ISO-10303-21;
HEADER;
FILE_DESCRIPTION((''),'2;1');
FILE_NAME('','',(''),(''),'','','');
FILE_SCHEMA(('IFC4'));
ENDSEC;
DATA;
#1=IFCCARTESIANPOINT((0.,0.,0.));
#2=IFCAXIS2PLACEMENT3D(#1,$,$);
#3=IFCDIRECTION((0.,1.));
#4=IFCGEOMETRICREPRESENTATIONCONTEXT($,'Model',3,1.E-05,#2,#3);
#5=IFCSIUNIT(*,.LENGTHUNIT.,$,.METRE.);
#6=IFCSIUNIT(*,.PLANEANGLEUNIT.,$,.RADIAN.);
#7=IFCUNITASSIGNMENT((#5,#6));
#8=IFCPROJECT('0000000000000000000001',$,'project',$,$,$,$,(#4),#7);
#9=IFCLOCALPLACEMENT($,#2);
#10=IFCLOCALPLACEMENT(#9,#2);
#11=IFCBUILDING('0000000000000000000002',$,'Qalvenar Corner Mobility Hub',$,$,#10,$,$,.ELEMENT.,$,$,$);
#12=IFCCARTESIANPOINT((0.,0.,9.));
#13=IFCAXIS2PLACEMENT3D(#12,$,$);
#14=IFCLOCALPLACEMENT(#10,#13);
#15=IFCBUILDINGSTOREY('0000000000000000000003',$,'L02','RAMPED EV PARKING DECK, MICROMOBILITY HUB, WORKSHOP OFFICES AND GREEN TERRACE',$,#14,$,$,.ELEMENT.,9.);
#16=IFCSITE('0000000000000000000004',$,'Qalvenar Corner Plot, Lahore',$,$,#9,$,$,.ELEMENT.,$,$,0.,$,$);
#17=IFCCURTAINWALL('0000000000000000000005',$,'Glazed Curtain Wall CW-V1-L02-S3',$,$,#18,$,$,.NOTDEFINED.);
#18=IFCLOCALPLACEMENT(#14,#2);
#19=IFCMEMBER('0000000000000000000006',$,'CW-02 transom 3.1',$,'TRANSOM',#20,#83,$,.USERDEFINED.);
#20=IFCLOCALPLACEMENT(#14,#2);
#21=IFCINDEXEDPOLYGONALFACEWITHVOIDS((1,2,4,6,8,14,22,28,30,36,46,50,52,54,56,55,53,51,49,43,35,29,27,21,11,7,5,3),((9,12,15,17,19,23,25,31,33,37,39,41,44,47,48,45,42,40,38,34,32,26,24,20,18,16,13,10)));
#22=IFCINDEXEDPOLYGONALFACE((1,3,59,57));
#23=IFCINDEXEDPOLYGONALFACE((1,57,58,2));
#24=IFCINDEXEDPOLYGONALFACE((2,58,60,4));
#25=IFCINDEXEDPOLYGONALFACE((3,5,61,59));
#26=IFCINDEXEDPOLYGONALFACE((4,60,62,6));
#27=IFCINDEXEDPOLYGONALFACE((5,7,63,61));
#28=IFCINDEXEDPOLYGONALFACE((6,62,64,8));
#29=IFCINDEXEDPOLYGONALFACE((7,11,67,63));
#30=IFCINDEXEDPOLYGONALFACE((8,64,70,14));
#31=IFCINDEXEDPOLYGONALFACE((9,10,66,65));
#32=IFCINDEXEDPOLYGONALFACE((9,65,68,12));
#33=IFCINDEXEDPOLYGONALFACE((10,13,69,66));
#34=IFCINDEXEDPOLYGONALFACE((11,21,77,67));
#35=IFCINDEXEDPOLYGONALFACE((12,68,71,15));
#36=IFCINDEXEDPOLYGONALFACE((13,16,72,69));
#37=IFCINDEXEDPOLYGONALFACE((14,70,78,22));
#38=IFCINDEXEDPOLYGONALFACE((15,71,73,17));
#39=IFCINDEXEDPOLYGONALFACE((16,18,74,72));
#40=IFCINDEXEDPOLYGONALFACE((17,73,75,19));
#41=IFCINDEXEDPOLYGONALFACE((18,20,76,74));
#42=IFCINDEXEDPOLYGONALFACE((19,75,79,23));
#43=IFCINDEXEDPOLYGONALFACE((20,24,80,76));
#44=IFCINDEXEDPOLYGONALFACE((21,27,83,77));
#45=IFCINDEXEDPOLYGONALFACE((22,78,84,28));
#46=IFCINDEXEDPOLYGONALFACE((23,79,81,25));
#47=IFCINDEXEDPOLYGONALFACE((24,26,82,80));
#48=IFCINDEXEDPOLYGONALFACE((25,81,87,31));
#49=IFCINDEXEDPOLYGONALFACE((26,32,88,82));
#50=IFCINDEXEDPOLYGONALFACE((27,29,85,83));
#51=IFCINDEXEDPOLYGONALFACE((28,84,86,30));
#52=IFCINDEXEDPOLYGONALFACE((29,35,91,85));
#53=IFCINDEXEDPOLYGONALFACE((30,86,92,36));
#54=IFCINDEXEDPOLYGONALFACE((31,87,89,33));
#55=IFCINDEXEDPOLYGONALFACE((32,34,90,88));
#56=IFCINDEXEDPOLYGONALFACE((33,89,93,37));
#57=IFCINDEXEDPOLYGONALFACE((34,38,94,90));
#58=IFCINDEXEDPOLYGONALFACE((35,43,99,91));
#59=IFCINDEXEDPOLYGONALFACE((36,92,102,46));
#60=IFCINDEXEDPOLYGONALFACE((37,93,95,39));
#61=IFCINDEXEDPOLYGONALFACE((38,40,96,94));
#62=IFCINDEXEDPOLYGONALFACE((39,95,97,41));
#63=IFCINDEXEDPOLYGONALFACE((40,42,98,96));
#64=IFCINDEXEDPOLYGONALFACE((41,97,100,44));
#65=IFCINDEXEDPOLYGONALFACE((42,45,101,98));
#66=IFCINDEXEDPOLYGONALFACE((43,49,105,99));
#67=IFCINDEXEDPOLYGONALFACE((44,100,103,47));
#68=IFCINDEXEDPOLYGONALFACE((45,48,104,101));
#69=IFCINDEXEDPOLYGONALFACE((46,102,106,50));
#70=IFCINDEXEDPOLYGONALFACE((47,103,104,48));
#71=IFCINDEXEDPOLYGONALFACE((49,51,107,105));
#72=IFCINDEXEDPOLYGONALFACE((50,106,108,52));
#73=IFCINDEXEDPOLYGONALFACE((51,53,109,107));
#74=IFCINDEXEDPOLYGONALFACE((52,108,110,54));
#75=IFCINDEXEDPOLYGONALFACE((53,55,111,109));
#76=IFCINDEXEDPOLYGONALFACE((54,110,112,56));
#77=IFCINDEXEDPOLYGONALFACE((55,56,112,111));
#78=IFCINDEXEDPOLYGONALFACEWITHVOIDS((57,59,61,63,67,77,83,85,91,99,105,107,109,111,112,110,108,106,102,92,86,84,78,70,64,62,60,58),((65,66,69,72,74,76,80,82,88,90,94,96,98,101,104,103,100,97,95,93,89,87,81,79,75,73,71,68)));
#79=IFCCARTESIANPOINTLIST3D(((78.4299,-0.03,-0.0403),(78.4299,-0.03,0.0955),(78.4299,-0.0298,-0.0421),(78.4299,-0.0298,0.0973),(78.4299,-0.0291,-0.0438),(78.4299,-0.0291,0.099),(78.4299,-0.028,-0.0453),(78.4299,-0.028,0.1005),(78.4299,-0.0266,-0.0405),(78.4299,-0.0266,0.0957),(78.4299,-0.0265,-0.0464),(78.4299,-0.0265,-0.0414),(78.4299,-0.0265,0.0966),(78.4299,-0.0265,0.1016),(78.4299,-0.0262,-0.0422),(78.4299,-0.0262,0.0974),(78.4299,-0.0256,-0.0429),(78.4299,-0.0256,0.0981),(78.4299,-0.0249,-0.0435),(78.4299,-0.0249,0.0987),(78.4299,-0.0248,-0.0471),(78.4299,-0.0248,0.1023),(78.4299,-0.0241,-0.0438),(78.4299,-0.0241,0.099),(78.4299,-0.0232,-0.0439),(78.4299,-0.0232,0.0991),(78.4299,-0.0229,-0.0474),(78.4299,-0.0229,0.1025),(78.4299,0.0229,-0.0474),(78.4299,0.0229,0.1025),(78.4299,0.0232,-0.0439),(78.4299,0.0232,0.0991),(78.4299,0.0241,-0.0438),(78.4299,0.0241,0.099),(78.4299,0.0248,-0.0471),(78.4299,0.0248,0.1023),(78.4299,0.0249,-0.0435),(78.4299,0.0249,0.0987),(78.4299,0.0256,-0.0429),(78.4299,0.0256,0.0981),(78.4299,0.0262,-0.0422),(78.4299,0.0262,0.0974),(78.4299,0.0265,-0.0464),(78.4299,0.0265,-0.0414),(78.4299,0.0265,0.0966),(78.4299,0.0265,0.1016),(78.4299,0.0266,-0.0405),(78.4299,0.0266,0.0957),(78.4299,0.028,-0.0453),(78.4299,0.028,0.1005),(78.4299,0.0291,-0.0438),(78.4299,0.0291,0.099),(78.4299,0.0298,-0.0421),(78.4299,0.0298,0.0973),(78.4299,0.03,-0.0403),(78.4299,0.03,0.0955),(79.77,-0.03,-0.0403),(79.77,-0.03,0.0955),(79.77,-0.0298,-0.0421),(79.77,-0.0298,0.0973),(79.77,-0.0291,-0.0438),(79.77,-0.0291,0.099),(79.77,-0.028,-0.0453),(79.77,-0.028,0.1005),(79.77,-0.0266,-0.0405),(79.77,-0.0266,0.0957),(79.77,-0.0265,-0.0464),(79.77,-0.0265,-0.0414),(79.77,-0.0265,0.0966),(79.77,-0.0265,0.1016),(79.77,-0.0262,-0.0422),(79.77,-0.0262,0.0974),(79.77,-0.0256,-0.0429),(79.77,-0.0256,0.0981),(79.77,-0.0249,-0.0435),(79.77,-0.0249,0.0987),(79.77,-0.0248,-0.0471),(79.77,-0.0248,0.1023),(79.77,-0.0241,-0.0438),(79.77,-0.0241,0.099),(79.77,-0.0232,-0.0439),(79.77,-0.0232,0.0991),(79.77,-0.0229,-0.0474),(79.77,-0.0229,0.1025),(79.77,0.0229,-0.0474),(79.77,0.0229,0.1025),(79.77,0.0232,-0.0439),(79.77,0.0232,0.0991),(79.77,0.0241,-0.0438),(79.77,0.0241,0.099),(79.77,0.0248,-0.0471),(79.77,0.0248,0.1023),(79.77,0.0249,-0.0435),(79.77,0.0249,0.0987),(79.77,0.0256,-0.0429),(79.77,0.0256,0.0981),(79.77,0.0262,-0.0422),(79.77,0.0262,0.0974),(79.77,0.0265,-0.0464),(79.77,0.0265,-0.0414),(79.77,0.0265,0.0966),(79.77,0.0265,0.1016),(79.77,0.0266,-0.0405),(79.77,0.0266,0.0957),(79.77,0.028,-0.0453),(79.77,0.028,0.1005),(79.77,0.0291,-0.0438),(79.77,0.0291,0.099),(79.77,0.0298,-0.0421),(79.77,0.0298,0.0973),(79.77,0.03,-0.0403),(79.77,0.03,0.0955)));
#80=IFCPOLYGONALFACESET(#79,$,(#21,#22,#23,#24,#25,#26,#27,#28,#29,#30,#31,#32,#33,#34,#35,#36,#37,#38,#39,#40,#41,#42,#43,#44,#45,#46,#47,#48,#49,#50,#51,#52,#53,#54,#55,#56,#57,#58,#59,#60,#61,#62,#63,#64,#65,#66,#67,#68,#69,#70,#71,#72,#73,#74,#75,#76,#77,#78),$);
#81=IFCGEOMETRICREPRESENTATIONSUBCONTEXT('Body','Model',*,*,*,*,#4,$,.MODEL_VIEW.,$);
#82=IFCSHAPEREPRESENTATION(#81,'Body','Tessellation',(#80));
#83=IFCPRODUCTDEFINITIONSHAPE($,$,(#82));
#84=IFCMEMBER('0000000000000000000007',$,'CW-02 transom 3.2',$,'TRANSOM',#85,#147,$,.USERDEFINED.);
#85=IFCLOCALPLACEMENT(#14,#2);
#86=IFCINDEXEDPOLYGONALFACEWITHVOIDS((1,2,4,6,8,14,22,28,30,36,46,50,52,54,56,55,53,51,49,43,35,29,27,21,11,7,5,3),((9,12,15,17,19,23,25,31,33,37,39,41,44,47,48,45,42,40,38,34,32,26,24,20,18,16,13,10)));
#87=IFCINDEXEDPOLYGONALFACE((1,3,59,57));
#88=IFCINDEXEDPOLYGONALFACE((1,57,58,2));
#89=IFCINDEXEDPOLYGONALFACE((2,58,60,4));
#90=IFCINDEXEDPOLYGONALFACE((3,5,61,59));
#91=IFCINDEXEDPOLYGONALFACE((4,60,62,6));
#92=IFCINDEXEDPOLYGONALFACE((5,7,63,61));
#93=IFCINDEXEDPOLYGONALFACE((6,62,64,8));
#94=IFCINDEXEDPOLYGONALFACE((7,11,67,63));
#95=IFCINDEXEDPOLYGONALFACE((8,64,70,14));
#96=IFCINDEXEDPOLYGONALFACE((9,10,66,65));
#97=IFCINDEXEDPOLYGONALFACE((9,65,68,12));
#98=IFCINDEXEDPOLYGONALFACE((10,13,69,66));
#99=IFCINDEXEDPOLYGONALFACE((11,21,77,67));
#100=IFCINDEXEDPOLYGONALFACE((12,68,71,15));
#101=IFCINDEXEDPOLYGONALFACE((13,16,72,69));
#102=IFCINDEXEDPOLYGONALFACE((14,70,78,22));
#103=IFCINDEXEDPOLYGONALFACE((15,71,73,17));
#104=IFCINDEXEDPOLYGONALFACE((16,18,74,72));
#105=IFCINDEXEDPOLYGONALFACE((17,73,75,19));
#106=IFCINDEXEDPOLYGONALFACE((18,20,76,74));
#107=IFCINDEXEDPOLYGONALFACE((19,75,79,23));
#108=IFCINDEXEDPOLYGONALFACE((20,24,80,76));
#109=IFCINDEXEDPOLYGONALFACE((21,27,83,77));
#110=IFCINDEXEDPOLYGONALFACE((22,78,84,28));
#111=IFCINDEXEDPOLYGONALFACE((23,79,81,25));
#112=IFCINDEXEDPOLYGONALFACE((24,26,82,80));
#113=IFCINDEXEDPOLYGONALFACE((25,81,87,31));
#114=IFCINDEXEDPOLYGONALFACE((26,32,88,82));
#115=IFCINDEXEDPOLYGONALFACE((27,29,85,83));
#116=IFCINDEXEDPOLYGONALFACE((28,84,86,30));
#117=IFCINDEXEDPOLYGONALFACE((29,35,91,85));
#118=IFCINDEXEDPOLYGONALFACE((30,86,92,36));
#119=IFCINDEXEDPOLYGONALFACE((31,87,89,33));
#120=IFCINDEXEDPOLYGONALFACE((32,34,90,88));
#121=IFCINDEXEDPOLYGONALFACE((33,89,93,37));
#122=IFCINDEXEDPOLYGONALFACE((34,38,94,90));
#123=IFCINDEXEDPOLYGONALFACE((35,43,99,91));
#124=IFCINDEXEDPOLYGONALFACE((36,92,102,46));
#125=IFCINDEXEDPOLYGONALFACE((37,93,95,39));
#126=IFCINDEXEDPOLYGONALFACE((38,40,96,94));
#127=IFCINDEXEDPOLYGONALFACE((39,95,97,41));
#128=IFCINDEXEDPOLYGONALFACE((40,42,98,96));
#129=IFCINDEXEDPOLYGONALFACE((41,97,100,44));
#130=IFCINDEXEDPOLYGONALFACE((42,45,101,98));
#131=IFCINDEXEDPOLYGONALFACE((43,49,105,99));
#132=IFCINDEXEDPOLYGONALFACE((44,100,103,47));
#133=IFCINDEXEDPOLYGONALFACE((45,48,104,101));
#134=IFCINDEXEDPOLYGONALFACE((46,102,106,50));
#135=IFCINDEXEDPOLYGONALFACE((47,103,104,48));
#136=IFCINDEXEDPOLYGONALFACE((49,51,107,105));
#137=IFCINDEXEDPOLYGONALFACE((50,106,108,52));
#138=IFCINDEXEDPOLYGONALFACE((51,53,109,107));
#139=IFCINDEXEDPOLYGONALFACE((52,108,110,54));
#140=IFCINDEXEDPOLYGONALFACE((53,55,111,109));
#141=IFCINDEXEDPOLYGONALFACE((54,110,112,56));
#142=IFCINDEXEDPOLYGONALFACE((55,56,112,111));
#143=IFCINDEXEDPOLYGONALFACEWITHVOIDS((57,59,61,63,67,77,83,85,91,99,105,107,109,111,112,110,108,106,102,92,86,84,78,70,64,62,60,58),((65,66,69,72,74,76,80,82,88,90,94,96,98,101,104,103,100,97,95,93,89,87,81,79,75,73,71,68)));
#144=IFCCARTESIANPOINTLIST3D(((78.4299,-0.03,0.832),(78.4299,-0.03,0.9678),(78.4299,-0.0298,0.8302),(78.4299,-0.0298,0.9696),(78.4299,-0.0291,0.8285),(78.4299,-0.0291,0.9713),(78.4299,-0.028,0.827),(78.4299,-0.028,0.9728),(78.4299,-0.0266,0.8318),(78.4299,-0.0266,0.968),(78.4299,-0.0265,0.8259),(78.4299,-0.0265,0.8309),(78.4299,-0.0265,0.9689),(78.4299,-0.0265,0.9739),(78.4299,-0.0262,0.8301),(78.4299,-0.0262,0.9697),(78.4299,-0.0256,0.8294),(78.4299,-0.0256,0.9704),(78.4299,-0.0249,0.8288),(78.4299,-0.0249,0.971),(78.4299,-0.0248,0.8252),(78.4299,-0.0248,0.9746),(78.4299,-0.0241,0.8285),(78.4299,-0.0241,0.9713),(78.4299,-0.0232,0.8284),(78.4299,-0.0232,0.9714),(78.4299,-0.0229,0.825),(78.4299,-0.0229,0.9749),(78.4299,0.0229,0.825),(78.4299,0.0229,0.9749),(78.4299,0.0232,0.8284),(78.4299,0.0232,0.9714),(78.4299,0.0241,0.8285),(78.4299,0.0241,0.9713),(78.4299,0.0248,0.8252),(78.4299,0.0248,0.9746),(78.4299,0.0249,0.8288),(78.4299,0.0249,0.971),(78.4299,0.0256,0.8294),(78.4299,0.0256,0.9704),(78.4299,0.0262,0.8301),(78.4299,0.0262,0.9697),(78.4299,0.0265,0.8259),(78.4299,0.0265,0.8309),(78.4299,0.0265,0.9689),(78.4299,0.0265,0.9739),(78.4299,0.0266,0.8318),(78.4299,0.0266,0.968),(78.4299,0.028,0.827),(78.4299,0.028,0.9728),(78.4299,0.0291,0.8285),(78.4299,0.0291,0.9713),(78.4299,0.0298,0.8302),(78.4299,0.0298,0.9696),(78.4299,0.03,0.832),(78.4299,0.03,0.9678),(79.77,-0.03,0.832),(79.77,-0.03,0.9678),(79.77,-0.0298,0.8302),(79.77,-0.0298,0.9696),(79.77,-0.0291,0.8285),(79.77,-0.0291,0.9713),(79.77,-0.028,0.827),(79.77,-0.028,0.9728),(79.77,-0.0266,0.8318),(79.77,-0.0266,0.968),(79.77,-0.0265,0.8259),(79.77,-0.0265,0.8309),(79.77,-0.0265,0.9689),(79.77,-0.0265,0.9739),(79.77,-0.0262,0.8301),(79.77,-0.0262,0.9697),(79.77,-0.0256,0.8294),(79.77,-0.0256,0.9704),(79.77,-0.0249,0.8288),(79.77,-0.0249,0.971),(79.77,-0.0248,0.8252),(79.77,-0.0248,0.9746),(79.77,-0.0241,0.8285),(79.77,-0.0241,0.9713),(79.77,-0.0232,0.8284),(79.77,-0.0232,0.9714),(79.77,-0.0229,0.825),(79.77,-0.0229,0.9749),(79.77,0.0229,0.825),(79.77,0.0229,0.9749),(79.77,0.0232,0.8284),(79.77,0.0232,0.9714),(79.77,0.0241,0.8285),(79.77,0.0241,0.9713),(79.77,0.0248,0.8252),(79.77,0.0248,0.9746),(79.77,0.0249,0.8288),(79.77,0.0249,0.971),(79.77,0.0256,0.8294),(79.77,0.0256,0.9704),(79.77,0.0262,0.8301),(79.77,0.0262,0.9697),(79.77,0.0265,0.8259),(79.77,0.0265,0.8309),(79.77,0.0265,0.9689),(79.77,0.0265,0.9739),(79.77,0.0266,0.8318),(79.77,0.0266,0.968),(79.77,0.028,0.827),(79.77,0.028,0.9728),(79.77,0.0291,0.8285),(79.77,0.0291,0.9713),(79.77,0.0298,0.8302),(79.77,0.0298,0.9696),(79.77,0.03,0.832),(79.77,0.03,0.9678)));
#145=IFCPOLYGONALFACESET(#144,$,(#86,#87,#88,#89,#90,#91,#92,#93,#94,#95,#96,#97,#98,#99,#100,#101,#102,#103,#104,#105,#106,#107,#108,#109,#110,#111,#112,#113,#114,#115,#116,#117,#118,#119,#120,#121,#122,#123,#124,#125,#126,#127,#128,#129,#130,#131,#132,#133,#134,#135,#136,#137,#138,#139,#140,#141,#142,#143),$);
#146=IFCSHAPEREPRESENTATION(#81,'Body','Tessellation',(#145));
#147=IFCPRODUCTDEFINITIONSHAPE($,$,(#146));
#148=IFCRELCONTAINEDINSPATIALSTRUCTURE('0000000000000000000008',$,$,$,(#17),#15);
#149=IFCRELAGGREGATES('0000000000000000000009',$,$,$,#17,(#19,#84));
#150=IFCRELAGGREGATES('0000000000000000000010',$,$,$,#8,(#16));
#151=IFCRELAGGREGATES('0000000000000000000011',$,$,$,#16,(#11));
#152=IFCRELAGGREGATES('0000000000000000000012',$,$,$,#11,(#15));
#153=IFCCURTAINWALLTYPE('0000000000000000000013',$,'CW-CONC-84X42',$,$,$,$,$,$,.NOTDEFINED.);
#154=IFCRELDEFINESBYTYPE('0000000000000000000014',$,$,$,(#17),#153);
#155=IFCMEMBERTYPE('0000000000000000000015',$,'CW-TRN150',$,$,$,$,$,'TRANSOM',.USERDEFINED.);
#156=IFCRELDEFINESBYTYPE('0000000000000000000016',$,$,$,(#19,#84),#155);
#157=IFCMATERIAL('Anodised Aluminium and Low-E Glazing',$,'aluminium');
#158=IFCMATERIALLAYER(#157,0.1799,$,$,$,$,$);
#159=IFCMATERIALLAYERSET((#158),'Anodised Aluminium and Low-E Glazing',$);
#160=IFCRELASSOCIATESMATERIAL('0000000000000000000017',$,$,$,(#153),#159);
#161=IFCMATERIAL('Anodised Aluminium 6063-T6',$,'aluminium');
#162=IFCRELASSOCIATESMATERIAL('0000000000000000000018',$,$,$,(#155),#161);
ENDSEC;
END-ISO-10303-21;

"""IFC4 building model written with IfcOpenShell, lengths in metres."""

from ifc_helpers import new_model, si_unit, direction, frame, origin, origin_2d, place, context, subcontext, project, spatial, hollow_rectangle, extrude, material, layer, layer_set, material_profile, profile_set, type_object, element, aggregate, save


model = new_model("IFC4")

# Units and contexts
model_context = context("Model", 3, precision=1e-05, world=origin(), true_north=direction((0.0, 1.0)))
body_context = subcontext(model_context, "Body", "Model", "MODEL_VIEW")
ifc_project = project(units=[si_unit("LENGTHUNIT", "METRE"), si_unit("PLANEANGLEUNIT", "RADIAN")], contexts=[model_context])

# Site, building, storey
site_placement = place(None, origin())
site = spatial("IfcSite", under=ifc_project, at=site_placement, Name="Qalvenar Corner Plot, Lahore", CompositionType="ELEMENT", RefElevation=0.0)
building_placement = place(site_placement, origin())
building = spatial("IfcBuilding", under=site, at=building_placement, Name="Qalvenar Corner Mobility Hub", CompositionType="ELEMENT")
storey_placement = place(building_placement, frame((0.0, 0.0, 9.0)))
storey = spatial("IfcBuildingStorey", under=building, at=storey_placement, Name="L02", Description="RAMPED EV PARKING DECK, MICROMOBILITY HUB, WORKSHOP OFFICES AND GREEN TERRACE", CompositionType="ELEMENT", Elevation=9.0)

# Curtain wall, members
ifc_material_1 = material(Name="Anodised Aluminium and Low-E Glazing", Category="aluminium")
ifc_layer_1 = layer(ifc_material_1, 0.1799)
ifc_layer_set_1 = layer_set([ifc_layer_1], Name="Anodised Aluminium and Low-E Glazing")
curtain_wall_type = type_object("IfcCurtainWallType", Name="CW-CONC-84X42", PredefinedType="NOTDEFINED", material=ifc_layer_set_1)
curtain_wall_placement = place(storey_placement, origin())
curtain_wall = element("IfcCurtainWall", 1, at=curtain_wall_placement, inside=storey, type_object=curtain_wall_type, Name="Glazed Curtain Wall CW-V1-L02-S3", PredefinedType="NOTDEFINED")
ifc_material_2 = material(Name="Anodised Aluminium 6063-T6", Category="aluminium")
ifc_material_profile_1 = material_profile(ifc_material_2, hollow_rectangle(XDim=0.0601, YDim=0.1499, WallThickness=0.0034, InnerFilletRadius=0.0034, OuterFilletRadius=0.0071, at=origin_2d()), Name="RHS150x60x3.5")
ifc_profile_set_1 = profile_set([ifc_material_profile_1], Name="Anodised Aluminium 6063-T6")
member_type_1 = type_object("IfcMemberType", Name="CW-TRN150", ElementType="TRANSOM", PredefinedType="USERDEFINED", material=ifc_profile_set_1)
member_1_placement = place(storey_placement, frame((78.4299, 0.0, 0.0276), z_axis=(1.0, 0.0, 0.0), x_axis=(0.0, 1.0, 0.0)))
member_1 = element("IfcMember", 2, at=member_1_placement, type_object=member_type_1, Name="CW-02 transom 3.1", ObjectType="TRANSOM", PredefinedType="USERDEFINED", context=body_context, shape_type="SweptSolid", body=[
    extrude(hollow_rectangle(XDim=0.0601, YDim=0.1499, WallThickness=0.0034, InnerFilletRadius=0.0034, OuterFilletRadius=0.0071, at=origin_2d()), origin(), (0.0, 0.0, 1.0), 1.3401),
])
member_2_placement = place(storey_placement, frame((78.4299, 0.0, 0.8999), z_axis=(1.0, 0.0, 0.0), x_axis=(0.0, 1.0, 0.0)))
member_2 = element("IfcMember", 3, at=member_2_placement, type_object=member_type_1, Name="CW-02 transom 3.2", ObjectType="TRANSOM", PredefinedType="USERDEFINED", context=body_context, shape_type="SweptSolid", body=[
    extrude(hollow_rectangle(XDim=0.0601, YDim=0.1499, WallThickness=0.0034, InnerFilletRadius=0.0034, OuterFilletRadius=0.0071, at=origin_2d()), origin(), (0.0, 0.0, 1.0), 1.3401),
])
aggregate(curtain_wall, [member_1, member_2])

save(model, "model.ifc")
